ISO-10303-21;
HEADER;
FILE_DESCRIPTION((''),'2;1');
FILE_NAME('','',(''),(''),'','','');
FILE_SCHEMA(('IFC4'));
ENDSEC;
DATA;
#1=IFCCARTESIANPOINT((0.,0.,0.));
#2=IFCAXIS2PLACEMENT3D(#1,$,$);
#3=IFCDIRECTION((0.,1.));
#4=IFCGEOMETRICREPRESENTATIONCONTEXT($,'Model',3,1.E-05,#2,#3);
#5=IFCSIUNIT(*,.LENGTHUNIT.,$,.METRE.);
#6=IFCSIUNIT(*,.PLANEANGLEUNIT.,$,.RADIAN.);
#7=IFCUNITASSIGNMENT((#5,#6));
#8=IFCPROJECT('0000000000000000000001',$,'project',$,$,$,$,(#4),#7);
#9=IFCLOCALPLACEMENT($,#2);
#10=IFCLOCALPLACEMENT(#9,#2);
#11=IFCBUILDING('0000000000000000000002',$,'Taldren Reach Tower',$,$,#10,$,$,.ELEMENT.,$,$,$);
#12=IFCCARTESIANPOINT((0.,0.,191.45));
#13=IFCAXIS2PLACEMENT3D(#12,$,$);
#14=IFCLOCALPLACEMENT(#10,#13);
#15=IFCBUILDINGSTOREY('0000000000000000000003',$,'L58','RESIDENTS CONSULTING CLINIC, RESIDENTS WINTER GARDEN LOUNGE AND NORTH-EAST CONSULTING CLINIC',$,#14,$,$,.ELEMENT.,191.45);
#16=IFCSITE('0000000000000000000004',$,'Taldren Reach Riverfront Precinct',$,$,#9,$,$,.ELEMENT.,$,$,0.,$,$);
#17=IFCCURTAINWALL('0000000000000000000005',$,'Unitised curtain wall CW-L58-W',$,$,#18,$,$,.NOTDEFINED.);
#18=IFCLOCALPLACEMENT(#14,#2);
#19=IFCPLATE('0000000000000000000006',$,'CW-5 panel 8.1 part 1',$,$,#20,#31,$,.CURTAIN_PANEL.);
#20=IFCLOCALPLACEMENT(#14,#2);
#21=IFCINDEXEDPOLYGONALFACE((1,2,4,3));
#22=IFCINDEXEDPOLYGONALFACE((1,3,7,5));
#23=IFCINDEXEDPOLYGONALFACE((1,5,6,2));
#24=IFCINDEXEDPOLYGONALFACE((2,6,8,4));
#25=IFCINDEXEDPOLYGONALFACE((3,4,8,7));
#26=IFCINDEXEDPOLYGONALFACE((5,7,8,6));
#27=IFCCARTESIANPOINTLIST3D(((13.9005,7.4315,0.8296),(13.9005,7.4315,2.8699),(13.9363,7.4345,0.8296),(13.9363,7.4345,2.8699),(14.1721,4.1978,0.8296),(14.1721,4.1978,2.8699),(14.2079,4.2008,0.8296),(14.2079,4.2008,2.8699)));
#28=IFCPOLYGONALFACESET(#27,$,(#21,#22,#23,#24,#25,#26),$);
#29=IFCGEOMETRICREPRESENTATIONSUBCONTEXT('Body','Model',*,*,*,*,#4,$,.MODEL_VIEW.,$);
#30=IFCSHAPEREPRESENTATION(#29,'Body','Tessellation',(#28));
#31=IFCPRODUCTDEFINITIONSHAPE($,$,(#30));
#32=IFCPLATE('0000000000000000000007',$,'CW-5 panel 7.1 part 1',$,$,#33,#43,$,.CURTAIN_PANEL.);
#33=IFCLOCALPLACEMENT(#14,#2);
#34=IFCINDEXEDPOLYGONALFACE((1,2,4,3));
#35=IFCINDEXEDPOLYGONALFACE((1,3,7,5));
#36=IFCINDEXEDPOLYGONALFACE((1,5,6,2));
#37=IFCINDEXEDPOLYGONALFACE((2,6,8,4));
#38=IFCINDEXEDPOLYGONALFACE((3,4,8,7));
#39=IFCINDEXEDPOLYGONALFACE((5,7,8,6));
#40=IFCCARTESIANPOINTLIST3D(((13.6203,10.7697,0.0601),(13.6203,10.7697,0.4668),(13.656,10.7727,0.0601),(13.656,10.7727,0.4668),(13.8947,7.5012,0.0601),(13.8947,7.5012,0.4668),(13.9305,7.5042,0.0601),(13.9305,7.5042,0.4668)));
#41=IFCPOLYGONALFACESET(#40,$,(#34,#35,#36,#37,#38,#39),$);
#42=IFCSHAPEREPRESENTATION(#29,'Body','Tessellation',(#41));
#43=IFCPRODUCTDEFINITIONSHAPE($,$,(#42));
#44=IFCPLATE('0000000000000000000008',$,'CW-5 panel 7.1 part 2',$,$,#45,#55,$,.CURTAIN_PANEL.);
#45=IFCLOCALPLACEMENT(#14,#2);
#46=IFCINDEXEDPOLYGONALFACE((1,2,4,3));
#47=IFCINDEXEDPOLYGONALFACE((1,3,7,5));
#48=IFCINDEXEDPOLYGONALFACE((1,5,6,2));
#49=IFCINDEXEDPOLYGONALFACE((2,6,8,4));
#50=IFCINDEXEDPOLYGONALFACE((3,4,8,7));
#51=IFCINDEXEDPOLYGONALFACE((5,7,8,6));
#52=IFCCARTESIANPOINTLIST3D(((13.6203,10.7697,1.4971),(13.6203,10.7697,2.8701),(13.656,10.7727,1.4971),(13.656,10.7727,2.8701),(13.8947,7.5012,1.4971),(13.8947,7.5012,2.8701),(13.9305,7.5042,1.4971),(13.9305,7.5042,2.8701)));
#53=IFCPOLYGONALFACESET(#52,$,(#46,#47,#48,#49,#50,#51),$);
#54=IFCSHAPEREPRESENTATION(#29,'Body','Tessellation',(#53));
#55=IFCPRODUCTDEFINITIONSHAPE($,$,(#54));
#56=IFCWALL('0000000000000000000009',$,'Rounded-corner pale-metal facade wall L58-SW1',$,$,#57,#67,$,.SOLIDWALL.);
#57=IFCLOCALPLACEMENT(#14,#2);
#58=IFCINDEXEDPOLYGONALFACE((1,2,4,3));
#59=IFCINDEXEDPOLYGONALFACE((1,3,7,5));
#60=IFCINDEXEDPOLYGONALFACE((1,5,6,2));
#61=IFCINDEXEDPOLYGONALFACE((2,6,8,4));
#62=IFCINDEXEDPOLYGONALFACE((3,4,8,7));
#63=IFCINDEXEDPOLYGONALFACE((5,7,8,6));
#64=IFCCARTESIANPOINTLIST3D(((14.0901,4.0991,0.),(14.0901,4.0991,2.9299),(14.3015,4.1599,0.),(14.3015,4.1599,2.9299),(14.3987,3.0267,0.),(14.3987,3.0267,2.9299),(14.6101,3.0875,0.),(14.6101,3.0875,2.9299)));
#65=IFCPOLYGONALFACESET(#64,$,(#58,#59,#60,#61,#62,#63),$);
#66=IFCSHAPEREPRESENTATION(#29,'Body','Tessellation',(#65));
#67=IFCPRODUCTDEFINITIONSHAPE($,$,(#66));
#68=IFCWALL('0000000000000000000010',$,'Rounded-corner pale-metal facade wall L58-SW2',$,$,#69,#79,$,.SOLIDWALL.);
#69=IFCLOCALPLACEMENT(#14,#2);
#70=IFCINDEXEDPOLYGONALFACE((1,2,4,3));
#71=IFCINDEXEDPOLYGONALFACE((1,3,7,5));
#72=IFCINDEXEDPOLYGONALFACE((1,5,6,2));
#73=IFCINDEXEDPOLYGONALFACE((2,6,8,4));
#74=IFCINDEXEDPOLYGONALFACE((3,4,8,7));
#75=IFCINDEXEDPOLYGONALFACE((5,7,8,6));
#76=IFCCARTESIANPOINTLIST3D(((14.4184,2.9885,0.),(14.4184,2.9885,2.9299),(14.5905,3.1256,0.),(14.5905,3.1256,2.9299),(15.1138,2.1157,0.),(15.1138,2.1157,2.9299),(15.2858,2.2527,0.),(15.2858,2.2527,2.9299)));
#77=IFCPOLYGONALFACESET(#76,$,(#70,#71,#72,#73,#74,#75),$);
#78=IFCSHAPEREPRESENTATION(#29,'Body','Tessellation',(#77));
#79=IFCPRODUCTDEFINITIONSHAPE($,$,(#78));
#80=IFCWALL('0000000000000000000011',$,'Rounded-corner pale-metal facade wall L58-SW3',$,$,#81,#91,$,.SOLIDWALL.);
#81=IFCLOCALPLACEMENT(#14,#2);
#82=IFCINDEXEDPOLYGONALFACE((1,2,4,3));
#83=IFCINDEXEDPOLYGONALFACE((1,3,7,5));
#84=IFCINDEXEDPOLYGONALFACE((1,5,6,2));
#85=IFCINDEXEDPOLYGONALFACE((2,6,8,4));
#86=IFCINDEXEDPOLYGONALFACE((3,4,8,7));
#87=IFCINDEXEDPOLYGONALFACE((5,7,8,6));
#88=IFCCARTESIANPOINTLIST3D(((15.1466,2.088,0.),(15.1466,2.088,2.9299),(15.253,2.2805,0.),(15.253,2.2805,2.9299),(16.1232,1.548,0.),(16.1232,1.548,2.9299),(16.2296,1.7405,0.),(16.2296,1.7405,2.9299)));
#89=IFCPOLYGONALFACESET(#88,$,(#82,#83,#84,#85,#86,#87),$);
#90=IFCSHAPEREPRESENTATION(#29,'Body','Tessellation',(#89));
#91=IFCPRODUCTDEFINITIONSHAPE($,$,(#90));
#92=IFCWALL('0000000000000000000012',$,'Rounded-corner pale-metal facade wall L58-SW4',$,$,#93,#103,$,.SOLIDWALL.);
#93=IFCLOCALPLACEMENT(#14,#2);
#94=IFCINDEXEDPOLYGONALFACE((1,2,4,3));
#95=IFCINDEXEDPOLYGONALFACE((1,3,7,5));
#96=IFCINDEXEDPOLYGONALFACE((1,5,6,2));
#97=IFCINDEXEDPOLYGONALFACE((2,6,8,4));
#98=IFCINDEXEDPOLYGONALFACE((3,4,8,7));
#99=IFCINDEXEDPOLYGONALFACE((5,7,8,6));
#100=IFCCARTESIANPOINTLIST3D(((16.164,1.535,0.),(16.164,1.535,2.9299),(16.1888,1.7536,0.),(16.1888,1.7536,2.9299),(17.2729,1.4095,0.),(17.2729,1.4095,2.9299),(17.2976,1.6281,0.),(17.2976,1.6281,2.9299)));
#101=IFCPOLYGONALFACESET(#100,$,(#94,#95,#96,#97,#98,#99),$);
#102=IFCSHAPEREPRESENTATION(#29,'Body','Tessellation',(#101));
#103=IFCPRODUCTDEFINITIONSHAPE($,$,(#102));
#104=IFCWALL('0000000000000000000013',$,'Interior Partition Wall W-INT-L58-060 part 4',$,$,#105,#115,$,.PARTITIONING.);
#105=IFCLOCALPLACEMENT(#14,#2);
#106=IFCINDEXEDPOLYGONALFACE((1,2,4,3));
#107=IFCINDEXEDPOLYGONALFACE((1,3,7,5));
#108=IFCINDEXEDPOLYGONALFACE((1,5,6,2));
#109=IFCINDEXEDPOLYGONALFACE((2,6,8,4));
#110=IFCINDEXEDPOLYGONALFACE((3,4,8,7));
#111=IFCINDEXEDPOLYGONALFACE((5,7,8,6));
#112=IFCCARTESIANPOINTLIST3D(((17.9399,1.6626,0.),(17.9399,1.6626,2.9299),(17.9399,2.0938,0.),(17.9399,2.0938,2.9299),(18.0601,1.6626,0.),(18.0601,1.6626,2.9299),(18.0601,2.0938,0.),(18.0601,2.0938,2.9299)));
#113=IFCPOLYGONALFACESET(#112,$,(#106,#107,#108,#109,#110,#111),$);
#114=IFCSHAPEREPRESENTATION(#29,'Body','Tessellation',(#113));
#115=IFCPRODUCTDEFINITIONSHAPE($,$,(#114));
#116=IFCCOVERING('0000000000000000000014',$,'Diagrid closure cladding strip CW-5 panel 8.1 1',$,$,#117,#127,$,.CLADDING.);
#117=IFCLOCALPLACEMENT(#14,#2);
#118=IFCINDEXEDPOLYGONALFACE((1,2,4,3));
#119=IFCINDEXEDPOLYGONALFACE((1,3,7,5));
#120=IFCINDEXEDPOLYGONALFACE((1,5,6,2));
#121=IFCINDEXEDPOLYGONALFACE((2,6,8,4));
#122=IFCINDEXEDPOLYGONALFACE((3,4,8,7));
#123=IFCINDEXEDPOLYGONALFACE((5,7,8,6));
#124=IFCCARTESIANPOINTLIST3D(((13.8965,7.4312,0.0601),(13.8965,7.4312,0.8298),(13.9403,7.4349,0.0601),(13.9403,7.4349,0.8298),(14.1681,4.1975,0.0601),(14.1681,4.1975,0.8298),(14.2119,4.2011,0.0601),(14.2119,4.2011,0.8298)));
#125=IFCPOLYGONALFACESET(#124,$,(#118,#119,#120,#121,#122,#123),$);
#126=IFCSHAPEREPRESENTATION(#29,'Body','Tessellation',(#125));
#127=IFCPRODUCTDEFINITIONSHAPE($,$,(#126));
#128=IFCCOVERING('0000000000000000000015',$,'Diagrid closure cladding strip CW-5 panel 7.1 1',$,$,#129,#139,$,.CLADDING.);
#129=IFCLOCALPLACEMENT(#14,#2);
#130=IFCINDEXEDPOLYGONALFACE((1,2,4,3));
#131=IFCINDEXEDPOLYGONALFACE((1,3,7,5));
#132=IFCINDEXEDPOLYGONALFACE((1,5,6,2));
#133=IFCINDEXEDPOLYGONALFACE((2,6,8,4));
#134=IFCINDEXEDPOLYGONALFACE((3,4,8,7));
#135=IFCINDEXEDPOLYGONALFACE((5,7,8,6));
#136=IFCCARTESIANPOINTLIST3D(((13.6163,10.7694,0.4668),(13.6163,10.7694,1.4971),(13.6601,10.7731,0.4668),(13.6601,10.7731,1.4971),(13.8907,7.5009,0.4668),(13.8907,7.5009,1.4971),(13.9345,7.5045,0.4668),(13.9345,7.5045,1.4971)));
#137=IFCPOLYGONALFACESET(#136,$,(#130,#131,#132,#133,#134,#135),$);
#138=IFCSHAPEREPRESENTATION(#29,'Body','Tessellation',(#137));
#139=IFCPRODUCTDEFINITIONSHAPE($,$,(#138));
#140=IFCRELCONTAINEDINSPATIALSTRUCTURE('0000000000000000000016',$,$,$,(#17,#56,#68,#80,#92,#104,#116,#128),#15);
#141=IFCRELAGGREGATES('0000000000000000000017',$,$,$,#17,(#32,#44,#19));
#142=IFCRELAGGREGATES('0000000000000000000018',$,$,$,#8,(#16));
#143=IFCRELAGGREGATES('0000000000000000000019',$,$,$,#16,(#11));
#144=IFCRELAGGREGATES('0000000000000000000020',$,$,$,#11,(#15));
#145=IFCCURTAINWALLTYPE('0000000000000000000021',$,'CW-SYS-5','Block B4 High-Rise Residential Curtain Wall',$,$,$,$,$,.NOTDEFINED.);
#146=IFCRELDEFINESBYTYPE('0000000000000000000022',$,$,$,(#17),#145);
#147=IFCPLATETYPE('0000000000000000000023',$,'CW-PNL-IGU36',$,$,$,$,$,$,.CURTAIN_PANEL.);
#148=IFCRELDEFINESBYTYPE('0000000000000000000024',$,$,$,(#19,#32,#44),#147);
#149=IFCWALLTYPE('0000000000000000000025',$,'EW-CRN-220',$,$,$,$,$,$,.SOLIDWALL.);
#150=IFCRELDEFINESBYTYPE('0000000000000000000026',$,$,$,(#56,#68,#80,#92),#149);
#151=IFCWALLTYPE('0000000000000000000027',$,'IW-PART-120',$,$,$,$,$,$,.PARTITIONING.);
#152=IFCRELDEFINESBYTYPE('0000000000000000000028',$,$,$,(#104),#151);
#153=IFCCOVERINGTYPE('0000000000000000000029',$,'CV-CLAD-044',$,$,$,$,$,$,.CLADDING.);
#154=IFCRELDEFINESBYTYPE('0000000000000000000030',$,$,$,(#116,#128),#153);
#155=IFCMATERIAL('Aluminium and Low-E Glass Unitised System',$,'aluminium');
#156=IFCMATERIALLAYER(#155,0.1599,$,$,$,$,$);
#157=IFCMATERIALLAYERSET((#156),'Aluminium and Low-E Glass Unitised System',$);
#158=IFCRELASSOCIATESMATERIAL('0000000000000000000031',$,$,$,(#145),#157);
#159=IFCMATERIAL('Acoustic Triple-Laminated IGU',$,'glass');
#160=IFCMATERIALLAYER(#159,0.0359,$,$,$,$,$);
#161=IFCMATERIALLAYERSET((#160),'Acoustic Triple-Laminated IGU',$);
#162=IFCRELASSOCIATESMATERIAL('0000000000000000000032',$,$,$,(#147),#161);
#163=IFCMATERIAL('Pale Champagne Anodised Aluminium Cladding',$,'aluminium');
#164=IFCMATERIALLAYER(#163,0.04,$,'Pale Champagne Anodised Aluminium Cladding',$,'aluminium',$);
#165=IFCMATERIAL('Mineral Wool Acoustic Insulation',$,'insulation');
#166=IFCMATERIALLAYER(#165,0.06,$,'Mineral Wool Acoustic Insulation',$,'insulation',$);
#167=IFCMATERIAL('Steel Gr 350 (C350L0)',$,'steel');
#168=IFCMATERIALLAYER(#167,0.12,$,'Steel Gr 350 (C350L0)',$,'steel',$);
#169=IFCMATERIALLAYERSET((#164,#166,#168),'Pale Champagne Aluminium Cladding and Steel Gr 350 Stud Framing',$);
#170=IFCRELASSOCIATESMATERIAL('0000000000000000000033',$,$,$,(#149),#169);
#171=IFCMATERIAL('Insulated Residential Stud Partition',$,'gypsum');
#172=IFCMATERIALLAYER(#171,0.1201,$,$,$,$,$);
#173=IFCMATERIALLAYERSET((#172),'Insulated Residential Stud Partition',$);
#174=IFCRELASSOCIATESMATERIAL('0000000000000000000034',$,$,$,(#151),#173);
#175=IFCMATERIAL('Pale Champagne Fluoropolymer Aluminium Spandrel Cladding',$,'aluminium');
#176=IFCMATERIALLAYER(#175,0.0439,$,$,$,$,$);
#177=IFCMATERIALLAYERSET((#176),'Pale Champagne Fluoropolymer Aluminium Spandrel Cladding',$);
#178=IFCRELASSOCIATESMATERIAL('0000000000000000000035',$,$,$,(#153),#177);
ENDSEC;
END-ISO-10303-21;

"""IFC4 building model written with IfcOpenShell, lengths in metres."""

from ifc_helpers import new_model, si_unit, direction, frame, frame_2d, origin, origin_2d, place, context, subcontext, project, spatial, rectangle, extrude, source, transform, mapped, material, layer, layer_set, type_object, element, aggregate, save


model = new_model("IFC4")

# Units and contexts
model_context = context("Model", 3, precision=1e-05, world=origin(), true_north=direction((0.0, 1.0)))
body_context = subcontext(model_context, "Body", "Model", "MODEL_VIEW")
ifc_project = project(units=[si_unit("LENGTHUNIT", "METRE"), si_unit("PLANEANGLEUNIT", "RADIAN")], contexts=[model_context])

# Site, building, storey
site_placement = place(None, origin())
site = spatial("IfcSite", under=ifc_project, at=site_placement, Name="Taldren Reach Riverfront Precinct", CompositionType="ELEMENT", RefElevation=0.0)
building_placement = place(site_placement, origin())
building = spatial("IfcBuilding", under=site, at=building_placement, Name="Taldren Reach Tower", CompositionType="ELEMENT")
storey_placement = place(building_placement, frame((0.0, 0.0, 191.45)))
storey = spatial("IfcBuildingStorey", under=building, at=storey_placement, Name="L58", Description="RESIDENTS CONSULTING CLINIC, RESIDENTS WINTER GARDEN LOUNGE AND NORTH-EAST CONSULTING CLINIC", CompositionType="ELEMENT", Elevation=191.45)

# Shared definitions
ifc_material_1 = material(Name="Steel Gr 350 (C350L0)", Category="steel")

# Shared definitions
ifc_material_2 = material(Name="Aluminium and Low-E Glass Unitised System", Category="aluminium")
ifc_layer_1 = layer(ifc_material_2, 0.1599)
ifc_layer_set_1 = layer_set([ifc_layer_1], Name="Aluminium and Low-E Glass Unitised System")
curtain_wall_type = type_object("IfcCurtainWallType", Name="CW-SYS-5", Description="Block B4 High-Rise Residential Curtain Wall", PredefinedType="NOTDEFINED", material=ifc_layer_set_1)

# Curtain wall
curtain_wall_1_placement = place(storey_placement, origin())
curtain_wall_1 = element("IfcCurtainWall", 1, at=curtain_wall_1_placement, inside=storey, type_object=curtain_wall_type, Name="Unitised curtain wall CW-L58-W", PredefinedType="NOTDEFINED")

# Plates
ifc_material_3 = material(Name="Acoustic Triple-Laminated IGU", Category="glass")
ifc_layer_2 = layer(ifc_material_3, 0.0359)
ifc_layer_set_2 = layer_set([ifc_layer_2], Name="Acoustic Triple-Laminated IGU")
plate_type_1 = type_object("IfcPlateType", Name="CW-PNL-IGU36", PredefinedType="CURTAIN_PANEL", material=ifc_layer_set_2)
shared_shape_1 = source(origin(), body_context, "Body", "SweptSolid", [
    extrude(rectangle(XDim=3.2451, YDim=0.0359, at=origin_2d()), origin(), (0.0, 0.0, 1.0), 2.0403),
])
plate_1_placement = place(storey_placement, frame((14.0542, 5.8162, 0.8296), z_axis=(0.0, 0.0, 1.0), x_axis=(0.083678, -0.996493, 0.0)))
plate_1 = element("IfcPlate", 2, at=plate_1_placement, type_object=plate_type_1, Name="CW-5 panel 8.1 part 1", PredefinedType="CURTAIN_PANEL", context=body_context, shape_type="MappedRepresentation", body=[
    mapped(shared_shape_1, transform((0.0, 0.0, 0.0), scale=1.0)),
])
shared_shape_2 = source(origin(), body_context, "Body", "SweptSolid", [
    extrude(rectangle(XDim=3.28, YDim=0.0359, at=origin_2d()), origin(), (0.0, 0.0, 1.0), 0.4067),
])
plate_2_placement = place(storey_placement, frame((13.7754, 9.137, 0.0601), z_axis=(0.0, 0.0, 1.0), x_axis=(0.083678, -0.996493, 0.0)))
plate_2 = element("IfcPlate", 3, at=plate_2_placement, type_object=plate_type_1, Name="CW-5 panel 7.1 part 1", PredefinedType="CURTAIN_PANEL", context=body_context, shape_type="MappedRepresentation", body=[
    mapped(shared_shape_2, transform((0.0, 0.0, 0.0), scale=1.0)),
])
shared_shape_3 = source(origin(), body_context, "Body", "SweptSolid", [
    extrude(rectangle(XDim=3.28, YDim=0.0359, at=origin_2d()), origin(), (0.0, 0.0, 1.0), 1.373),
])
plate_3_placement = place(storey_placement, frame((13.7754, 9.137, 1.4971), z_axis=(0.0, 0.0, 1.0), x_axis=(0.083678, -0.996493, 0.0)))
plate_3 = element("IfcPlate", 4, at=plate_3_placement, type_object=plate_type_1, Name="CW-5 panel 7.1 part 2", PredefinedType="CURTAIN_PANEL", context=body_context, shape_type="MappedRepresentation", body=[
    mapped(shared_shape_3, transform((0.0, 0.0, 0.0), scale=1.0)),
])
aggregate(curtain_wall_1, [plate_2, plate_3, plate_1])

# Walls
ifc_material_4 = material(Name="Pale Champagne Anodised Aluminium Cladding", Category="aluminium")
ifc_layer_3 = layer(ifc_material_4, 0.04, Name="Pale Champagne Anodised Aluminium Cladding", Category="aluminium")
ifc_material_5 = material(Name="Mineral Wool Acoustic Insulation", Category="insulation")
ifc_layer_4 = layer(ifc_material_5, 0.06, Name="Mineral Wool Acoustic Insulation", Category="insulation")
ifc_layer_5 = layer(ifc_material_1, 0.12, Name="Steel Gr 350 (C350L0)", Category="steel")
ifc_layer_set_3 = layer_set([ifc_layer_3, ifc_layer_4, ifc_layer_5], Name="Pale Champagne Aluminium Cladding and Steel Gr 350 Stud Framing")
wall_type_1 = type_object("IfcWallType", Name="EW-CRN-220", PredefinedType="SOLIDWALL", material=ifc_layer_set_3)
shared_shape_4 = source(origin(), body_context, "Body", "SweptSolid", [
    extrude(rectangle(XDim=1.116, YDim=0.22, at=frame_2d((0.5581, 0.0))), origin(), (0.0, 0.0, 1.0), 2.9299),
])
for number, where, z_axis, x_axis, name in (
    (5, (14.1958, 4.1296, 0.0), (0.0, 0.0, 1.0), (0.276512, -0.96101, 0.0), "Rounded-corner pale-metal facade wall L58-SW1"),
    (6, (14.5044, 3.0571, 0.0), (0.0, 0.0, 1.0), (0.623093, -0.782148, 0.0), "Rounded-corner pale-metal facade wall L58-SW2"),
    (7, (15.1997, 2.1843, 0.0), (0.0, 0.0, 1.0), (0.875105, -0.483933, 0.0), "Rounded-corner pale-metal facade wall L58-SW3"),
    (8, (16.1763, 1.6443, 0.0), (0.0, 0.0, 1.0), (0.993658, -0.112448, 0.0), "Rounded-corner pale-metal facade wall L58-SW4"),
):
    element("IfcWall", number, at=place(storey_placement, frame(where, z_axis=z_axis, x_axis=x_axis)), inside=storey, type_object=wall_type_1, Name=name, PredefinedType="SOLIDWALL", context=body_context, shape_type="MappedRepresentation", body=[
        mapped(shared_shape_4, transform((0.0, 0.0, 0.0), scale=1.0)),
    ])
ifc_material_6 = material(Name="Insulated Residential Stud Partition", Category="gypsum")
ifc_layer_6 = layer(ifc_material_6, 0.1201)
ifc_layer_set_4 = layer_set([ifc_layer_6], Name="Insulated Residential Stud Partition")
wall_type_2 = type_object("IfcWallType", Name="IW-PART-120", PredefinedType="PARTITIONING", material=ifc_layer_set_4)
shared_shape_5 = source(origin(), body_context, "Body", "SweptSolid", [
    extrude(rectangle(XDim=0.4312, YDim=0.1201, at=frame_2d((0.2156, 0.0))), origin(), (0.0, 0.0, 1.0), 2.9299),
])
wall_placement = place(storey_placement, frame((18.0, 2.0938, 0.0), z_axis=(0.0, 0.0, 1.0), x_axis=(0.0, -1.0, 0.0)))
element("IfcWall", 9, at=wall_placement, inside=storey, type_object=wall_type_2, Name="Interior Partition Wall W-INT-L58-060 part 4", PredefinedType="PARTITIONING", context=body_context, shape_type="MappedRepresentation", body=[
    mapped(shared_shape_5, transform((0.0, 0.0, 0.0), scale=1.0)),
])

# Coverings
ifc_material_7 = material(Name="Pale Champagne Fluoropolymer Aluminium Spandrel Cladding", Category="aluminium")
ifc_layer_7 = layer(ifc_material_7, 0.0439)
ifc_layer_set_5 = layer_set([ifc_layer_7], Name="Pale Champagne Fluoropolymer Aluminium Spandrel Cladding")
covering_type = type_object("IfcCoveringType", Name="CV-CLAD-044", PredefinedType="CLADDING", material=ifc_layer_set_5)
shared_shape_6 = source(origin(), body_context, "Body", "SweptSolid", [
    extrude(rectangle(XDim=3.2451, YDim=0.0439, at=origin_2d()), origin(), (0.0, 0.0, 1.0), 0.7698),
])
covering_1_placement = place(storey_placement, frame((14.0542, 5.8162, 0.0601), z_axis=(0.0, 0.0, 1.0), x_axis=(0.083678, -0.996493, 0.0)))
element("IfcCovering", 10, at=covering_1_placement, inside=storey, type_object=covering_type, Name="Diagrid closure cladding strip CW-5 panel 8.1 1", PredefinedType="CLADDING", context=body_context, shape_type="MappedRepresentation", body=[
    mapped(shared_shape_6, transform((0.0, 0.0, 0.0), scale=1.0)),
])
shared_shape_7 = source(origin(), body_context, "Body", "SweptSolid", [
    extrude(rectangle(XDim=3.28, YDim=0.0439, at=origin_2d()), origin(), (0.0, 0.0, 1.0), 1.0303),
])
covering_2_placement = place(storey_placement, frame((13.7754, 9.137, 0.4668), z_axis=(0.0, 0.0, 1.0), x_axis=(0.083678, -0.996493, 0.0)))
element("IfcCovering", 11, at=covering_2_placement, inside=storey, type_object=covering_type, Name="Diagrid closure cladding strip CW-5 panel 7.1 1", PredefinedType="CLADDING", context=body_context, shape_type="MappedRepresentation", body=[
    mapped(shared_shape_7, transform((0.0, 0.0, 0.0), scale=1.0)),
])

save(model, "model.ifc")
